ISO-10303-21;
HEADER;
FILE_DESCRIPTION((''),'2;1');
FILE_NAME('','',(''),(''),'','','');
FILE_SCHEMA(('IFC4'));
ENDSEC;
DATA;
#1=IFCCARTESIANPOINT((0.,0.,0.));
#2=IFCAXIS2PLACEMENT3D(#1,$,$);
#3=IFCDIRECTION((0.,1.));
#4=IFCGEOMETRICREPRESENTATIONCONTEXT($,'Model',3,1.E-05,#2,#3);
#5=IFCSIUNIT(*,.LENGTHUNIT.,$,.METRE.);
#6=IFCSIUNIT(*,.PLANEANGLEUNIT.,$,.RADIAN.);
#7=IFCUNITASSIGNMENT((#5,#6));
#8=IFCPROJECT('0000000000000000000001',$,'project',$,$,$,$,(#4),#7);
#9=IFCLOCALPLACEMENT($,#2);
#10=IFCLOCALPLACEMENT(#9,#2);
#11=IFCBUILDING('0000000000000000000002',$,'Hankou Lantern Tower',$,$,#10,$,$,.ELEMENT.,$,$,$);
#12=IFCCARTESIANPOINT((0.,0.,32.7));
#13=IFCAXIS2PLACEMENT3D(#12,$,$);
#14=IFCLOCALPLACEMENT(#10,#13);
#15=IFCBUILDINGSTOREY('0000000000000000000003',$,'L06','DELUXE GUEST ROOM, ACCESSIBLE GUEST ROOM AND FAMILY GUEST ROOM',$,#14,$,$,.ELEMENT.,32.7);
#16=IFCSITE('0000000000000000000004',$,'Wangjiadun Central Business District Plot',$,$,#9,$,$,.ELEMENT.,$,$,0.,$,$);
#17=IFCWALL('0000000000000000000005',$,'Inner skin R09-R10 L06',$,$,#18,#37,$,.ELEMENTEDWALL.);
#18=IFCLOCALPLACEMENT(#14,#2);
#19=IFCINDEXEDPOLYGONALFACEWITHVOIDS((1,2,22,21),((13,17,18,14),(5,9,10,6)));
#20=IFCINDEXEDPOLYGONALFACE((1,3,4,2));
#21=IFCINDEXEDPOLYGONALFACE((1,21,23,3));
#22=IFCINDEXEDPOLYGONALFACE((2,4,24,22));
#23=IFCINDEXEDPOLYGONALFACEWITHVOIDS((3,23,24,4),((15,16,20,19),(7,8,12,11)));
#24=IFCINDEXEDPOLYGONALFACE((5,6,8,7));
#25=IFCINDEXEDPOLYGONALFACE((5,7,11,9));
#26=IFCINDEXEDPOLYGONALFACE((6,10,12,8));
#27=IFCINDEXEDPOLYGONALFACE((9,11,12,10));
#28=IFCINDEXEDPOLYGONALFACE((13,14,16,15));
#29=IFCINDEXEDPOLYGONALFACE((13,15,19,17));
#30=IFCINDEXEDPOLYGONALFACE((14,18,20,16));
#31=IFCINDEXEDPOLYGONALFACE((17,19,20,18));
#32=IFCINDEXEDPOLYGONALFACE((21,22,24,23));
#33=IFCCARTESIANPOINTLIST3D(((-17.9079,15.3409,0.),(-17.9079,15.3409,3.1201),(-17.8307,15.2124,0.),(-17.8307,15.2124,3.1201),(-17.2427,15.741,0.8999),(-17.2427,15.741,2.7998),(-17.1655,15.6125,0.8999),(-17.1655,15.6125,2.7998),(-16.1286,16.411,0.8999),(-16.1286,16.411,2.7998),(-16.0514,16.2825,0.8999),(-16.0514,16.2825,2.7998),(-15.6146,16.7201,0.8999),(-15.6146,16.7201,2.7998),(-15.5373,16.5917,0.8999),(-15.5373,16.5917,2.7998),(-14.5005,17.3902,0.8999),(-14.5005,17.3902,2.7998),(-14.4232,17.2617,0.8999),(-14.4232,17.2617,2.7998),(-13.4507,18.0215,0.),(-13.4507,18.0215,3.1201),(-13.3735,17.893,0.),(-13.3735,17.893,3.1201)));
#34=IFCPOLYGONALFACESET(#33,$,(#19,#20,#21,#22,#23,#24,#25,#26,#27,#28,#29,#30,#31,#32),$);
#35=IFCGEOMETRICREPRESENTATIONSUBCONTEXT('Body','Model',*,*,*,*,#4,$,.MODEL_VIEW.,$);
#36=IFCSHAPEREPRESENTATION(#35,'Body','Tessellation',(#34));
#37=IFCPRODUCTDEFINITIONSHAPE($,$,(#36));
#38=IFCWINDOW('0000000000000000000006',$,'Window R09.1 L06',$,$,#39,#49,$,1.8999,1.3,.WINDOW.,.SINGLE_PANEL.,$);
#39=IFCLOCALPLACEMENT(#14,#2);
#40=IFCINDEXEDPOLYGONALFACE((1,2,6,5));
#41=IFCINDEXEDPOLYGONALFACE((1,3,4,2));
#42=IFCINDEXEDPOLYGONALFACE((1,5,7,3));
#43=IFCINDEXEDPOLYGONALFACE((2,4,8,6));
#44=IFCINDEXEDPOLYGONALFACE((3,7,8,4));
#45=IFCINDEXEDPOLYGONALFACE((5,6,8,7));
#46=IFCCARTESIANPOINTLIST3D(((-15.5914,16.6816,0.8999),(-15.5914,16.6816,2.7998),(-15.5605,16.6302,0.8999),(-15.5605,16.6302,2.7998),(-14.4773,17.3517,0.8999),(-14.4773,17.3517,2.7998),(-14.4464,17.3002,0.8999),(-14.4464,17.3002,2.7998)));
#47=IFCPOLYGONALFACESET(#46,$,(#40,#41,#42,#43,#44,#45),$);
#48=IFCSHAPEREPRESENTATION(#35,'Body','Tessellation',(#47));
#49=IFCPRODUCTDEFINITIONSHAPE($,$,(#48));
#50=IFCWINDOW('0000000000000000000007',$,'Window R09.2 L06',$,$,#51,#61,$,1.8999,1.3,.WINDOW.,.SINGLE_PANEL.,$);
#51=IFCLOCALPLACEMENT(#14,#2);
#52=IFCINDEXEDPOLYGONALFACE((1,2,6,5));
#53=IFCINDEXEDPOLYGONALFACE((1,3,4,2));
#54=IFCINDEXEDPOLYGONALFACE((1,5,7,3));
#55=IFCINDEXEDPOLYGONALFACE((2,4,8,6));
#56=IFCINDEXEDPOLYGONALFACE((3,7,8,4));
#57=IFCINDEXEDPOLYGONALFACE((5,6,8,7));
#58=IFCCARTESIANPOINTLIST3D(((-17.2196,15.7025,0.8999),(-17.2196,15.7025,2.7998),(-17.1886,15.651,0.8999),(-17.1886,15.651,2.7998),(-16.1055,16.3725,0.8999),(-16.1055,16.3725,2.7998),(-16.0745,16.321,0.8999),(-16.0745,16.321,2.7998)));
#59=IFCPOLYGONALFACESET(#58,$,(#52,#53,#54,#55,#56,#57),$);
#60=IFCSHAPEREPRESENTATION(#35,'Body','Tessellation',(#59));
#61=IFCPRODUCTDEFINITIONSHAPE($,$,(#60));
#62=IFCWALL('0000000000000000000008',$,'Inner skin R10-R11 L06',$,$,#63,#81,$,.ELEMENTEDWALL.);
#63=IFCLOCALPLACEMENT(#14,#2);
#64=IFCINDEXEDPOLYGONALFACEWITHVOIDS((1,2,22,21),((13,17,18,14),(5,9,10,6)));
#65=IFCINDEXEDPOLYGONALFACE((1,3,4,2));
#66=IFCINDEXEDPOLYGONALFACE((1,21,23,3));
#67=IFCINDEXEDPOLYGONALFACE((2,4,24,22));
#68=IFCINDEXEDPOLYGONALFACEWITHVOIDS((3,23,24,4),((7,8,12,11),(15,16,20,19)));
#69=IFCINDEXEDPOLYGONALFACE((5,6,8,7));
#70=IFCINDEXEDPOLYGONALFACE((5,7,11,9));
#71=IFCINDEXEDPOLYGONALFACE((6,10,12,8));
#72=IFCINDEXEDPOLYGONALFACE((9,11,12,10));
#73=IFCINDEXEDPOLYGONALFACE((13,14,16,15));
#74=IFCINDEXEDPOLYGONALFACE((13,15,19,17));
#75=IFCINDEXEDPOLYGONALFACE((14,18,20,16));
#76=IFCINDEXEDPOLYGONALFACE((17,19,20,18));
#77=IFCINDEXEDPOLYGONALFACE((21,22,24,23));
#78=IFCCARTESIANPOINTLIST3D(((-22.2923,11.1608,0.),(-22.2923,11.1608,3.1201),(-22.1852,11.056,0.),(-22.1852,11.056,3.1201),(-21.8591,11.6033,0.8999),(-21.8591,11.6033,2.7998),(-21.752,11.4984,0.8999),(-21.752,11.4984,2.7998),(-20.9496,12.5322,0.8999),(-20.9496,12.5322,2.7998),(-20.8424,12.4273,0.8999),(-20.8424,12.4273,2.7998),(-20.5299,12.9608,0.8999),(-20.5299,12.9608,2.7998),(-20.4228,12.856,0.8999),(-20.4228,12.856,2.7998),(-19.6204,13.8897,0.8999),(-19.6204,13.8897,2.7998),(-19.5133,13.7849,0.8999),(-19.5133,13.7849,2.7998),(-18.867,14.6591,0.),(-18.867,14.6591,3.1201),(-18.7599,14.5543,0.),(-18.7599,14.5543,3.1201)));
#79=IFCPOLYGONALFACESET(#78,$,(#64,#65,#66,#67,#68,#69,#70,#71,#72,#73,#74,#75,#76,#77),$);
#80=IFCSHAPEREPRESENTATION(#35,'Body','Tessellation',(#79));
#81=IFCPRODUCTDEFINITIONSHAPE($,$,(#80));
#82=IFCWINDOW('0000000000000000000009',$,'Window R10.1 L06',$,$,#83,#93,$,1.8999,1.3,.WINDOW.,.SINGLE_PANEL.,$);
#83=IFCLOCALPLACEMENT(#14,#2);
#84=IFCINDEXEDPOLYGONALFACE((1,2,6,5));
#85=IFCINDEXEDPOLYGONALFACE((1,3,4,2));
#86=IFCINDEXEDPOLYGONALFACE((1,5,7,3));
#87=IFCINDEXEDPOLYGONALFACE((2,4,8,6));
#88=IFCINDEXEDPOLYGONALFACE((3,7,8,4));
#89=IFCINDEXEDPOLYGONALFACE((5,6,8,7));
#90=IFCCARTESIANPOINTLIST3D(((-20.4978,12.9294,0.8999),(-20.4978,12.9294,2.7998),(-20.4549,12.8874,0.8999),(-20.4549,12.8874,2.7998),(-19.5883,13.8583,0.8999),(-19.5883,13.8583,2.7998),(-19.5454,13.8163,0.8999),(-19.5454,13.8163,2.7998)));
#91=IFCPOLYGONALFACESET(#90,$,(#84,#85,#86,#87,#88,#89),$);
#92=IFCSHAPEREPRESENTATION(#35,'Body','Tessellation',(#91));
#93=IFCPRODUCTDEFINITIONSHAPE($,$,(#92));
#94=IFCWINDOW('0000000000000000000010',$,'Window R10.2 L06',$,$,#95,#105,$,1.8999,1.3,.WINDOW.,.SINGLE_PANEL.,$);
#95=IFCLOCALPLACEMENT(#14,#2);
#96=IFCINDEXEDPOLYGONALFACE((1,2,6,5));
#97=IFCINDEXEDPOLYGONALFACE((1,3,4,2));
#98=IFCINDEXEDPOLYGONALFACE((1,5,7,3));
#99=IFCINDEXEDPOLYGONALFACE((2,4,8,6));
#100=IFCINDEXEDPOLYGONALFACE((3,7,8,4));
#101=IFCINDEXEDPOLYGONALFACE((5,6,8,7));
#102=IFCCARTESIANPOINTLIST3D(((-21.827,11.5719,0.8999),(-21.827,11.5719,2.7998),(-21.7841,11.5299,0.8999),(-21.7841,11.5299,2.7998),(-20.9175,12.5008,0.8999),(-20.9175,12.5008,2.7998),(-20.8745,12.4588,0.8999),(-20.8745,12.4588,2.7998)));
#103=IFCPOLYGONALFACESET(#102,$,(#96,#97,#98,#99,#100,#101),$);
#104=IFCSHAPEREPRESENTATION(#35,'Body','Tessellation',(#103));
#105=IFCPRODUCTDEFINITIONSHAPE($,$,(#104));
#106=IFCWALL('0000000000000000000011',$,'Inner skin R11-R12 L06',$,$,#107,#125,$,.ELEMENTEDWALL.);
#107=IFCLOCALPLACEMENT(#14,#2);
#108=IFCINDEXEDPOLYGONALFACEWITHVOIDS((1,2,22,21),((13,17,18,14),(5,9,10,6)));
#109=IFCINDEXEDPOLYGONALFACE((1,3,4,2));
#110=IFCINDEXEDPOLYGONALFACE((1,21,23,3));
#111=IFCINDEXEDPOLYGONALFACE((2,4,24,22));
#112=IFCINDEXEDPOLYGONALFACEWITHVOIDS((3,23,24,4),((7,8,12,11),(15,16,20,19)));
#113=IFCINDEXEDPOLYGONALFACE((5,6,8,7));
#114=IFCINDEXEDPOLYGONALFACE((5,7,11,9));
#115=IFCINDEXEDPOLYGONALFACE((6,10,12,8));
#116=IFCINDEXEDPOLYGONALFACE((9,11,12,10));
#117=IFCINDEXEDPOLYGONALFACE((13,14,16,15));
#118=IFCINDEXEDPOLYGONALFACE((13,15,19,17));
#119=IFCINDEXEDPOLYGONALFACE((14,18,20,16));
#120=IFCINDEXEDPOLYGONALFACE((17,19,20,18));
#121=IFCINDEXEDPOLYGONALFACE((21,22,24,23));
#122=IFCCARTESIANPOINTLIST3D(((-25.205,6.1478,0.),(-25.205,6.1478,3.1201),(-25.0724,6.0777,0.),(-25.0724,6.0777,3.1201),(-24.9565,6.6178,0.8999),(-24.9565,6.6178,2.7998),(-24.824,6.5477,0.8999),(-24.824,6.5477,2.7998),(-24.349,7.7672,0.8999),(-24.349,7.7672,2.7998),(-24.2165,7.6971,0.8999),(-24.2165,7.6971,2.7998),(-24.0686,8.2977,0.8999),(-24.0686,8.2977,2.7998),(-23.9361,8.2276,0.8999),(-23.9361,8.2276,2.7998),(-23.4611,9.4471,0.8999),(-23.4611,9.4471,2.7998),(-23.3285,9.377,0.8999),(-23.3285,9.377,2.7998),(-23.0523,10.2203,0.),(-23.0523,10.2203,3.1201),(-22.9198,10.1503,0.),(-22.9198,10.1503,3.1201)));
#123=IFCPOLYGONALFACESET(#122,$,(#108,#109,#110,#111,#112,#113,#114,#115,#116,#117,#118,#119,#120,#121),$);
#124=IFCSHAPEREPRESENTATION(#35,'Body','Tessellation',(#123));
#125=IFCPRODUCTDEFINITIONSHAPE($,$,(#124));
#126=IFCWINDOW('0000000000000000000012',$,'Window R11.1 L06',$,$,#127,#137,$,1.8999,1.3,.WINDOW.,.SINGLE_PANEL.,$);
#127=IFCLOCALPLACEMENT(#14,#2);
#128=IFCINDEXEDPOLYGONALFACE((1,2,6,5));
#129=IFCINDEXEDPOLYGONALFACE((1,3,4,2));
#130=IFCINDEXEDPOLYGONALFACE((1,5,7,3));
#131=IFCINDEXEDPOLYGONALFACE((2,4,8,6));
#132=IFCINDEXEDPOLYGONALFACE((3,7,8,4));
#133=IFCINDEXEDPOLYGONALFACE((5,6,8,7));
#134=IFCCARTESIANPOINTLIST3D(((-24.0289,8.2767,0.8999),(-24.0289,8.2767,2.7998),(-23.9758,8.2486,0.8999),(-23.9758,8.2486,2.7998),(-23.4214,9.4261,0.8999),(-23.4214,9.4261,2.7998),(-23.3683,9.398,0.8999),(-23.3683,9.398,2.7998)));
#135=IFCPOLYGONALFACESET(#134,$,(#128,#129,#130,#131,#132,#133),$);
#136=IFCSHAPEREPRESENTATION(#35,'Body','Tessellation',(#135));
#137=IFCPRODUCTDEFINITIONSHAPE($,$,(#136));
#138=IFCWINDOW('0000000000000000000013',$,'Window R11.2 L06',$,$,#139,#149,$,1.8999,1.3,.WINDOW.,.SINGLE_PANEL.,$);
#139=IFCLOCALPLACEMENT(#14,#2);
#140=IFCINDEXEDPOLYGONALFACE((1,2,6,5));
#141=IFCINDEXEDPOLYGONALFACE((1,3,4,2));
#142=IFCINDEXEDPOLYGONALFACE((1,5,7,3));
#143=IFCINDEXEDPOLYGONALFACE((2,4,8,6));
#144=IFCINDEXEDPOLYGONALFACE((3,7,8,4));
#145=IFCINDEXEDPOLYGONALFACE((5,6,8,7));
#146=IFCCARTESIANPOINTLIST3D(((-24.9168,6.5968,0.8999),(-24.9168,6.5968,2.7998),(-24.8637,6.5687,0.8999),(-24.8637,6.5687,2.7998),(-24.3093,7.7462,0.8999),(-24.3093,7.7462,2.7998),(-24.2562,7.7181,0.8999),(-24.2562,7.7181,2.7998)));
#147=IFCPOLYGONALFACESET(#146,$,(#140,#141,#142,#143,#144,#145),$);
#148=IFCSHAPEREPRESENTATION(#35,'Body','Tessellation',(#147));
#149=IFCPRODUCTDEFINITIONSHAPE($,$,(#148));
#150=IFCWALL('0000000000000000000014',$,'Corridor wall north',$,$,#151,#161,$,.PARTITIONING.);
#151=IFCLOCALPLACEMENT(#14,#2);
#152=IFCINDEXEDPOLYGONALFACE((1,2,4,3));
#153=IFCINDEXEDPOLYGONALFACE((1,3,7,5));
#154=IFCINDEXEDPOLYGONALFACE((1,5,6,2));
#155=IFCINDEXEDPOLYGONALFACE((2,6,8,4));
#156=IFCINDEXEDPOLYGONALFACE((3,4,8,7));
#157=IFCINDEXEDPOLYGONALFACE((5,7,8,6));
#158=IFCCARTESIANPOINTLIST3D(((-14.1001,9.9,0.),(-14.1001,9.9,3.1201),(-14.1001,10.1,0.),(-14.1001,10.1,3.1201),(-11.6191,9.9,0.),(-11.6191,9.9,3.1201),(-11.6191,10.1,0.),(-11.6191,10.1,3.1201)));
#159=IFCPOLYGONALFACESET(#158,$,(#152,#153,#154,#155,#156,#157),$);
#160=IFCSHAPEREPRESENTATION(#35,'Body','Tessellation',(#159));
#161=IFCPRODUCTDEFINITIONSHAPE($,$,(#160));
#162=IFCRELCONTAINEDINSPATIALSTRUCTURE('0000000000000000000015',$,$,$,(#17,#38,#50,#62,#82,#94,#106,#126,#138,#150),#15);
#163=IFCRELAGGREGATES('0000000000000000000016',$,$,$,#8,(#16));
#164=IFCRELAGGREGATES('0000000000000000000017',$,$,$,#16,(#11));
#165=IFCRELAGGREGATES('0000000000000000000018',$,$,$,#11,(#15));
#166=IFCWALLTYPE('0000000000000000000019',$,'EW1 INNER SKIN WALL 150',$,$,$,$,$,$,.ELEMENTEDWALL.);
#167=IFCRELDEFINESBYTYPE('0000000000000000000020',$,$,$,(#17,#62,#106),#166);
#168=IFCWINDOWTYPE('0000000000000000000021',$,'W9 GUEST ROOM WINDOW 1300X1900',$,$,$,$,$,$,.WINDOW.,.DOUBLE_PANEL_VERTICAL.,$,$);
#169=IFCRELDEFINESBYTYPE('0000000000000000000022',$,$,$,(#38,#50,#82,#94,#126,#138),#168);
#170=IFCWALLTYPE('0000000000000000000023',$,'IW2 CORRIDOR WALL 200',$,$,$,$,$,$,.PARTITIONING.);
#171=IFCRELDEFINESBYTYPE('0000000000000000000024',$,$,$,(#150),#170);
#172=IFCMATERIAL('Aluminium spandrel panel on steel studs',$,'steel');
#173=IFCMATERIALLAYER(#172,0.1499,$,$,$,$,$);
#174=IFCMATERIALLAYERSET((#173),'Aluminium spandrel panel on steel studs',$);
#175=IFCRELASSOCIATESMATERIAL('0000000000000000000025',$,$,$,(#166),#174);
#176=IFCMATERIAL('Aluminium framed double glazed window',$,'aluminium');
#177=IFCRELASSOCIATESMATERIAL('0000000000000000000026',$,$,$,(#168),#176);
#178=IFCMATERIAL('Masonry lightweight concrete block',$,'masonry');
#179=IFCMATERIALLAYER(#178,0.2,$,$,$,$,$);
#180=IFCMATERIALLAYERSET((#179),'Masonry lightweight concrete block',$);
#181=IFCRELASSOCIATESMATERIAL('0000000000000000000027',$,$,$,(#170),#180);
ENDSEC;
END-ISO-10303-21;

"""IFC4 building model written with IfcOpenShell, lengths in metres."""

from ifc_helpers import new_model, si_unit, direction, frame, frame_2d, origin, place, context, subcontext, project, spatial, rectangle, extrude, material, layer, layer_set, type_object, element, fill, save


model = new_model("IFC4")

# Units and contexts
model_context = context("Model", 3, precision=1e-05, world=origin(), true_north=direction((0.0, 1.0)))
body_context = subcontext(model_context, "Body", "Model", "MODEL_VIEW")
ifc_project = project(units=[si_unit("LENGTHUNIT", "METRE"), si_unit("PLANEANGLEUNIT", "RADIAN")], contexts=[model_context])

# Site, building, storey
site_placement = place(None, origin())
site = spatial("IfcSite", under=ifc_project, at=site_placement, Name="Wangjiadun Central Business District Plot", CompositionType="ELEMENT", RefElevation=0.0)
building_placement = place(site_placement, origin())
building = spatial("IfcBuilding", under=site, at=building_placement, Name="Hankou Lantern Tower", CompositionType="ELEMENT")
storey_placement = place(building_placement, frame((0.0, 0.0, 32.7)))
storey = spatial("IfcBuildingStorey", under=building, at=storey_placement, Name="L06", Description="DELUXE GUEST ROOM, ACCESSIBLE GUEST ROOM AND FAMILY GUEST ROOM", CompositionType="ELEMENT", Elevation=32.7)

# Walls, openings, windows
ifc_material_1 = material(Name="Aluminium spandrel panel on steel studs", Category="steel")
ifc_layer_1 = layer(ifc_material_1, 0.1499)
ifc_layer_set_1 = layer_set([ifc_layer_1], Name="Aluminium spandrel panel on steel studs")
wall_type_1 = type_object("IfcWallType", Name="EW1 INNER SKIN WALL 150", PredefinedType="ELEMENTEDWALL", material=ifc_layer_set_1)
wall_1_placement = place(storey_placement, frame((-13.4121, 17.9573, 0.0), z_axis=(0.0, 0.0, 1.0), x_axis=(-0.856958, -0.515386, 0.0)))
wall_1 = element("IfcWall", 1, at=wall_1_placement, inside=storey, type_object=wall_type_1, Name="Inner skin R09-R10 L06", PredefinedType="ELEMENTEDWALL", context=body_context, shape_type="SweptSolid", body=[
    extrude(rectangle(XDim=5.2012, YDim=0.1499, at=frame_2d((2.6006, 0.0))), origin(), (0.0, 0.0, 1.0), 3.1201),
])
opening_1_placement = place(wall_1_placement, frame((1.2251, 0.0, 0.8999)))
opening_1 = element("IfcOpeningElement", 2, at=opening_1_placement, cuts=wall_1, PredefinedType="OPENING", context=body_context, shape_type="SweptSolid", body=[
    extrude(rectangle(XDim=1.3, YDim=1.8999, at=frame_2d((0.6499, 0.95))), frame((0.0, 0.085, 0.0), z_axis=(0.0, -1.0, 0.0), x_axis=(1.0, 0.0, 0.0)), (0.0, 0.0, 1.0), 0.1699),
])
opening_2_placement = place(wall_1_placement, frame((3.125, 0.0, 0.8999)))
opening_2 = element("IfcOpeningElement", 3, at=opening_2_placement, cuts=wall_1, PredefinedType="OPENING", context=body_context, shape_type="SweptSolid", body=[
    extrude(rectangle(XDim=1.3, YDim=1.8999, at=frame_2d((0.6499, 0.95))), frame((0.0, 0.085, 0.0), z_axis=(0.0, -1.0, 0.0), x_axis=(1.0, 0.0, 0.0)), (0.0, 0.0, 1.0), 0.1699),
])
ifc_material_2 = material(Name="Aluminium framed double glazed window", Category="aluminium")
window_type = type_object("IfcWindowType", Name="W9 GUEST ROOM WINDOW 1300X1900", PartitioningType="DOUBLE_PANEL_VERTICAL", PredefinedType="WINDOW", material=ifc_material_2)
window_1_placement = place(opening_1_placement, origin())
window_1 = element("IfcWindow", 4, at=window_1_placement, inside=storey, type_object=window_type, Name="Window R09.1 L06", OverallHeight=1.8999, OverallWidth=1.3, PartitioningType="SINGLE_PANEL", PredefinedType="WINDOW", context=body_context, shape_type="SweptSolid", body=[
    extrude(rectangle(XDim=1.3, YDim=1.8999, at=frame_2d((0.6499, 0.95))), frame((0.0, 0.03, 0.0), z_axis=(0.0, -1.0, 0.0), x_axis=(1.0, 0.0, 0.0)), (0.0, 0.0, 1.0), 0.0601),
])
fill(opening_1, window_1)
window_2_placement = place(opening_2_placement, origin())
window_2 = element("IfcWindow", 5, at=window_2_placement, inside=storey, type_object=window_type, Name="Window R09.2 L06", OverallHeight=1.8999, OverallWidth=1.3, PartitioningType="SINGLE_PANEL", PredefinedType="WINDOW", context=body_context, shape_type="SweptSolid", body=[
    extrude(rectangle(XDim=1.3, YDim=1.8999, at=frame_2d((0.6499, 0.95))), frame((0.0, 0.03, 0.0), z_axis=(0.0, -1.0, 0.0), x_axis=(1.0, 0.0, 0.0)), (0.0, 0.0, 1.0), 0.0601),
])
fill(opening_2, window_2)
wall_2_placement = place(storey_placement, frame((-18.8135, 14.6067, 0.0), z_axis=(0.0, 0.0, 1.0), x_axis=(-0.699613, -0.714522, 0.0)))
wall_2 = element("IfcWall", 6, at=wall_2_placement, inside=storey, type_object=wall_type_1, Name="Inner skin R10-R11 L06", PredefinedType="ELEMENTEDWALL", context=body_context, shape_type="SweptSolid", body=[
    extrude(rectangle(XDim=4.896, YDim=0.1499, at=frame_2d((2.448, 0.0))), origin(), (0.0, 0.0, 1.0), 3.1201),
])
opening_3_placement = place(wall_2_placement, frame((1.0769, 0.0, 0.8999)))
opening_3 = element("IfcOpeningElement", 7, at=opening_3_placement, cuts=wall_2, PredefinedType="OPENING", context=body_context, shape_type="SweptSolid", body=[
    extrude(rectangle(XDim=1.3, YDim=1.8999, at=frame_2d((0.6499, 0.95))), frame((0.0, 0.085, 0.0), z_axis=(0.0, -1.0, 0.0), x_axis=(1.0, 0.0, 0.0)), (0.0, 0.0, 1.0), 0.1699),
])
opening_4_placement = place(wall_2_placement, frame((2.9768, 0.0, 0.8999)))
opening_4 = element("IfcOpeningElement", 8, at=opening_4_placement, cuts=wall_2, PredefinedType="OPENING", context=body_context, shape_type="SweptSolid", body=[
    extrude(rectangle(XDim=1.3, YDim=1.8999, at=frame_2d((0.6499, 0.95))), frame((0.0, 0.085, 0.0), z_axis=(0.0, -1.0, 0.0), x_axis=(1.0, 0.0, 0.0)), (0.0, 0.0, 1.0), 0.1699),
])
window_3_placement = place(opening_3_placement, origin())
window_3 = element("IfcWindow", 9, at=window_3_placement, inside=storey, type_object=window_type, Name="Window R10.1 L06", OverallHeight=1.8999, OverallWidth=1.3, PartitioningType="SINGLE_PANEL", PredefinedType="WINDOW", context=body_context, shape_type="SweptSolid", body=[
    extrude(rectangle(XDim=1.3, YDim=1.8999, at=frame_2d((0.6499, 0.95))), frame((0.0, 0.03, 0.0), z_axis=(0.0, -1.0, 0.0), x_axis=(1.0, 0.0, 0.0)), (0.0, 0.0, 1.0), 0.0601),
])
fill(opening_3, window_3)
window_4_placement = place(opening_4_placement, origin())
window_4 = element("IfcWindow", 10, at=window_4_placement, inside=storey, type_object=window_type, Name="Window R10.2 L06", OverallHeight=1.8999, OverallWidth=1.3, PartitioningType="SINGLE_PANEL", PredefinedType="WINDOW", context=body_context, shape_type="SweptSolid", body=[
    extrude(rectangle(XDim=1.3, YDim=1.8999, at=frame_2d((0.6499, 0.95))), frame((0.0, 0.03, 0.0), z_axis=(0.0, -1.0, 0.0), x_axis=(1.0, 0.0, 0.0)), (0.0, 0.0, 1.0), 0.0601),
])
fill(opening_4, window_4)
wall_3_placement = place(storey_placement, frame((-22.9861, 10.1853, 0.0), z_axis=(0.0, 0.0, 1.0), x_axis=(-0.467303, -0.884097, 0.0)))
wall_3 = element("IfcWall", 11, at=wall_3_placement, inside=storey, type_object=wall_type_1, Name="Inner skin R11-R12 L06", PredefinedType="ELEMENTEDWALL", context=body_context, shape_type="SweptSolid", body=[
    extrude(rectangle(XDim=4.6064, YDim=0.1499, at=frame_2d((2.3032, 0.0))), origin(), (0.0, 0.0, 1.0), 3.1201),
])
opening_5_placement = place(wall_3_placement, frame((0.8748, 0.0, 0.8999)))
opening_5 = element("IfcOpeningElement", 12, at=opening_5_placement, cuts=wall_3, PredefinedType="OPENING", context=body_context, shape_type="SweptSolid", body=[
    extrude(rectangle(XDim=1.3, YDim=1.8999, at=frame_2d((0.6499, 0.95))), frame((0.0, 0.085, 0.0), z_axis=(0.0, -1.0, 0.0), x_axis=(1.0, 0.0, 0.0)), (0.0, 0.0, 1.0), 0.1699),
])
opening_6_placement = place(wall_3_placement, frame((2.7749, 0.0, 0.8999)))
opening_6 = element("IfcOpeningElement", 13, at=opening_6_placement, cuts=wall_3, PredefinedType="OPENING", context=body_context, shape_type="SweptSolid", body=[
    extrude(rectangle(XDim=1.3, YDim=1.8999, at=frame_2d((0.6499, 0.95))), frame((0.0, 0.085, 0.0), z_axis=(0.0, -1.0, 0.0), x_axis=(1.0, 0.0, 0.0)), (0.0, 0.0, 1.0), 0.1699),
])
window_5_placement = place(opening_5_placement, origin())
window_5 = element("IfcWindow", 14, at=window_5_placement, inside=storey, type_object=window_type, Name="Window R11.1 L06", OverallHeight=1.8999, OverallWidth=1.3, PartitioningType="SINGLE_PANEL", PredefinedType="WINDOW", context=body_context, shape_type="SweptSolid", body=[
    extrude(rectangle(XDim=1.3, YDim=1.8999, at=frame_2d((0.6499, 0.95))), frame((0.0, 0.03, 0.0), z_axis=(0.0, -1.0, 0.0), x_axis=(1.0, 0.0, 0.0)), (0.0, 0.0, 1.0), 0.0601),
])
fill(opening_5, window_5)
window_6_placement = place(opening_6_placement, origin())
window_6 = element("IfcWindow", 15, at=window_6_placement, inside=storey, type_object=window_type, Name="Window R11.2 L06", OverallHeight=1.8999, OverallWidth=1.3, PartitioningType="SINGLE_PANEL", PredefinedType="WINDOW", context=body_context, shape_type="SweptSolid", body=[
    extrude(rectangle(XDim=1.3, YDim=1.8999, at=frame_2d((0.6499, 0.95))), frame((0.0, 0.03, 0.0), z_axis=(0.0, -1.0, 0.0), x_axis=(1.0, 0.0, 0.0)), (0.0, 0.0, 1.0), 0.0601),
])
fill(opening_6, window_6)

# Wall
ifc_material_3 = material(Name="Masonry lightweight concrete block", Category="masonry")
ifc_layer_2 = layer(ifc_material_3, 0.2)
ifc_layer_set_2 = layer_set([ifc_layer_2], Name="Masonry lightweight concrete block")
wall_type_2 = type_object("IfcWallType", Name="IW2 CORRIDOR WALL 200", PredefinedType="PARTITIONING", material=ifc_layer_set_2)
wall_4_placement = place(storey_placement, frame((-14.1001, 10.0, 0.0), z_axis=(0.0, 0.0, 1.0), x_axis=(1.0, 0.0, 0.0)))
element("IfcWall", 16, at=wall_4_placement, inside=storey, type_object=wall_type_2, Name="Corridor wall north", PredefinedType="PARTITIONING", context=body_context, shape_type="SweptSolid", body=[
    extrude(rectangle(XDim=2.481, YDim=0.2, at=frame_2d((1.2405, 0.0))), origin(), (0.0, 0.0, 1.0), 3.1201),
])

save(model, "model.ifc")
